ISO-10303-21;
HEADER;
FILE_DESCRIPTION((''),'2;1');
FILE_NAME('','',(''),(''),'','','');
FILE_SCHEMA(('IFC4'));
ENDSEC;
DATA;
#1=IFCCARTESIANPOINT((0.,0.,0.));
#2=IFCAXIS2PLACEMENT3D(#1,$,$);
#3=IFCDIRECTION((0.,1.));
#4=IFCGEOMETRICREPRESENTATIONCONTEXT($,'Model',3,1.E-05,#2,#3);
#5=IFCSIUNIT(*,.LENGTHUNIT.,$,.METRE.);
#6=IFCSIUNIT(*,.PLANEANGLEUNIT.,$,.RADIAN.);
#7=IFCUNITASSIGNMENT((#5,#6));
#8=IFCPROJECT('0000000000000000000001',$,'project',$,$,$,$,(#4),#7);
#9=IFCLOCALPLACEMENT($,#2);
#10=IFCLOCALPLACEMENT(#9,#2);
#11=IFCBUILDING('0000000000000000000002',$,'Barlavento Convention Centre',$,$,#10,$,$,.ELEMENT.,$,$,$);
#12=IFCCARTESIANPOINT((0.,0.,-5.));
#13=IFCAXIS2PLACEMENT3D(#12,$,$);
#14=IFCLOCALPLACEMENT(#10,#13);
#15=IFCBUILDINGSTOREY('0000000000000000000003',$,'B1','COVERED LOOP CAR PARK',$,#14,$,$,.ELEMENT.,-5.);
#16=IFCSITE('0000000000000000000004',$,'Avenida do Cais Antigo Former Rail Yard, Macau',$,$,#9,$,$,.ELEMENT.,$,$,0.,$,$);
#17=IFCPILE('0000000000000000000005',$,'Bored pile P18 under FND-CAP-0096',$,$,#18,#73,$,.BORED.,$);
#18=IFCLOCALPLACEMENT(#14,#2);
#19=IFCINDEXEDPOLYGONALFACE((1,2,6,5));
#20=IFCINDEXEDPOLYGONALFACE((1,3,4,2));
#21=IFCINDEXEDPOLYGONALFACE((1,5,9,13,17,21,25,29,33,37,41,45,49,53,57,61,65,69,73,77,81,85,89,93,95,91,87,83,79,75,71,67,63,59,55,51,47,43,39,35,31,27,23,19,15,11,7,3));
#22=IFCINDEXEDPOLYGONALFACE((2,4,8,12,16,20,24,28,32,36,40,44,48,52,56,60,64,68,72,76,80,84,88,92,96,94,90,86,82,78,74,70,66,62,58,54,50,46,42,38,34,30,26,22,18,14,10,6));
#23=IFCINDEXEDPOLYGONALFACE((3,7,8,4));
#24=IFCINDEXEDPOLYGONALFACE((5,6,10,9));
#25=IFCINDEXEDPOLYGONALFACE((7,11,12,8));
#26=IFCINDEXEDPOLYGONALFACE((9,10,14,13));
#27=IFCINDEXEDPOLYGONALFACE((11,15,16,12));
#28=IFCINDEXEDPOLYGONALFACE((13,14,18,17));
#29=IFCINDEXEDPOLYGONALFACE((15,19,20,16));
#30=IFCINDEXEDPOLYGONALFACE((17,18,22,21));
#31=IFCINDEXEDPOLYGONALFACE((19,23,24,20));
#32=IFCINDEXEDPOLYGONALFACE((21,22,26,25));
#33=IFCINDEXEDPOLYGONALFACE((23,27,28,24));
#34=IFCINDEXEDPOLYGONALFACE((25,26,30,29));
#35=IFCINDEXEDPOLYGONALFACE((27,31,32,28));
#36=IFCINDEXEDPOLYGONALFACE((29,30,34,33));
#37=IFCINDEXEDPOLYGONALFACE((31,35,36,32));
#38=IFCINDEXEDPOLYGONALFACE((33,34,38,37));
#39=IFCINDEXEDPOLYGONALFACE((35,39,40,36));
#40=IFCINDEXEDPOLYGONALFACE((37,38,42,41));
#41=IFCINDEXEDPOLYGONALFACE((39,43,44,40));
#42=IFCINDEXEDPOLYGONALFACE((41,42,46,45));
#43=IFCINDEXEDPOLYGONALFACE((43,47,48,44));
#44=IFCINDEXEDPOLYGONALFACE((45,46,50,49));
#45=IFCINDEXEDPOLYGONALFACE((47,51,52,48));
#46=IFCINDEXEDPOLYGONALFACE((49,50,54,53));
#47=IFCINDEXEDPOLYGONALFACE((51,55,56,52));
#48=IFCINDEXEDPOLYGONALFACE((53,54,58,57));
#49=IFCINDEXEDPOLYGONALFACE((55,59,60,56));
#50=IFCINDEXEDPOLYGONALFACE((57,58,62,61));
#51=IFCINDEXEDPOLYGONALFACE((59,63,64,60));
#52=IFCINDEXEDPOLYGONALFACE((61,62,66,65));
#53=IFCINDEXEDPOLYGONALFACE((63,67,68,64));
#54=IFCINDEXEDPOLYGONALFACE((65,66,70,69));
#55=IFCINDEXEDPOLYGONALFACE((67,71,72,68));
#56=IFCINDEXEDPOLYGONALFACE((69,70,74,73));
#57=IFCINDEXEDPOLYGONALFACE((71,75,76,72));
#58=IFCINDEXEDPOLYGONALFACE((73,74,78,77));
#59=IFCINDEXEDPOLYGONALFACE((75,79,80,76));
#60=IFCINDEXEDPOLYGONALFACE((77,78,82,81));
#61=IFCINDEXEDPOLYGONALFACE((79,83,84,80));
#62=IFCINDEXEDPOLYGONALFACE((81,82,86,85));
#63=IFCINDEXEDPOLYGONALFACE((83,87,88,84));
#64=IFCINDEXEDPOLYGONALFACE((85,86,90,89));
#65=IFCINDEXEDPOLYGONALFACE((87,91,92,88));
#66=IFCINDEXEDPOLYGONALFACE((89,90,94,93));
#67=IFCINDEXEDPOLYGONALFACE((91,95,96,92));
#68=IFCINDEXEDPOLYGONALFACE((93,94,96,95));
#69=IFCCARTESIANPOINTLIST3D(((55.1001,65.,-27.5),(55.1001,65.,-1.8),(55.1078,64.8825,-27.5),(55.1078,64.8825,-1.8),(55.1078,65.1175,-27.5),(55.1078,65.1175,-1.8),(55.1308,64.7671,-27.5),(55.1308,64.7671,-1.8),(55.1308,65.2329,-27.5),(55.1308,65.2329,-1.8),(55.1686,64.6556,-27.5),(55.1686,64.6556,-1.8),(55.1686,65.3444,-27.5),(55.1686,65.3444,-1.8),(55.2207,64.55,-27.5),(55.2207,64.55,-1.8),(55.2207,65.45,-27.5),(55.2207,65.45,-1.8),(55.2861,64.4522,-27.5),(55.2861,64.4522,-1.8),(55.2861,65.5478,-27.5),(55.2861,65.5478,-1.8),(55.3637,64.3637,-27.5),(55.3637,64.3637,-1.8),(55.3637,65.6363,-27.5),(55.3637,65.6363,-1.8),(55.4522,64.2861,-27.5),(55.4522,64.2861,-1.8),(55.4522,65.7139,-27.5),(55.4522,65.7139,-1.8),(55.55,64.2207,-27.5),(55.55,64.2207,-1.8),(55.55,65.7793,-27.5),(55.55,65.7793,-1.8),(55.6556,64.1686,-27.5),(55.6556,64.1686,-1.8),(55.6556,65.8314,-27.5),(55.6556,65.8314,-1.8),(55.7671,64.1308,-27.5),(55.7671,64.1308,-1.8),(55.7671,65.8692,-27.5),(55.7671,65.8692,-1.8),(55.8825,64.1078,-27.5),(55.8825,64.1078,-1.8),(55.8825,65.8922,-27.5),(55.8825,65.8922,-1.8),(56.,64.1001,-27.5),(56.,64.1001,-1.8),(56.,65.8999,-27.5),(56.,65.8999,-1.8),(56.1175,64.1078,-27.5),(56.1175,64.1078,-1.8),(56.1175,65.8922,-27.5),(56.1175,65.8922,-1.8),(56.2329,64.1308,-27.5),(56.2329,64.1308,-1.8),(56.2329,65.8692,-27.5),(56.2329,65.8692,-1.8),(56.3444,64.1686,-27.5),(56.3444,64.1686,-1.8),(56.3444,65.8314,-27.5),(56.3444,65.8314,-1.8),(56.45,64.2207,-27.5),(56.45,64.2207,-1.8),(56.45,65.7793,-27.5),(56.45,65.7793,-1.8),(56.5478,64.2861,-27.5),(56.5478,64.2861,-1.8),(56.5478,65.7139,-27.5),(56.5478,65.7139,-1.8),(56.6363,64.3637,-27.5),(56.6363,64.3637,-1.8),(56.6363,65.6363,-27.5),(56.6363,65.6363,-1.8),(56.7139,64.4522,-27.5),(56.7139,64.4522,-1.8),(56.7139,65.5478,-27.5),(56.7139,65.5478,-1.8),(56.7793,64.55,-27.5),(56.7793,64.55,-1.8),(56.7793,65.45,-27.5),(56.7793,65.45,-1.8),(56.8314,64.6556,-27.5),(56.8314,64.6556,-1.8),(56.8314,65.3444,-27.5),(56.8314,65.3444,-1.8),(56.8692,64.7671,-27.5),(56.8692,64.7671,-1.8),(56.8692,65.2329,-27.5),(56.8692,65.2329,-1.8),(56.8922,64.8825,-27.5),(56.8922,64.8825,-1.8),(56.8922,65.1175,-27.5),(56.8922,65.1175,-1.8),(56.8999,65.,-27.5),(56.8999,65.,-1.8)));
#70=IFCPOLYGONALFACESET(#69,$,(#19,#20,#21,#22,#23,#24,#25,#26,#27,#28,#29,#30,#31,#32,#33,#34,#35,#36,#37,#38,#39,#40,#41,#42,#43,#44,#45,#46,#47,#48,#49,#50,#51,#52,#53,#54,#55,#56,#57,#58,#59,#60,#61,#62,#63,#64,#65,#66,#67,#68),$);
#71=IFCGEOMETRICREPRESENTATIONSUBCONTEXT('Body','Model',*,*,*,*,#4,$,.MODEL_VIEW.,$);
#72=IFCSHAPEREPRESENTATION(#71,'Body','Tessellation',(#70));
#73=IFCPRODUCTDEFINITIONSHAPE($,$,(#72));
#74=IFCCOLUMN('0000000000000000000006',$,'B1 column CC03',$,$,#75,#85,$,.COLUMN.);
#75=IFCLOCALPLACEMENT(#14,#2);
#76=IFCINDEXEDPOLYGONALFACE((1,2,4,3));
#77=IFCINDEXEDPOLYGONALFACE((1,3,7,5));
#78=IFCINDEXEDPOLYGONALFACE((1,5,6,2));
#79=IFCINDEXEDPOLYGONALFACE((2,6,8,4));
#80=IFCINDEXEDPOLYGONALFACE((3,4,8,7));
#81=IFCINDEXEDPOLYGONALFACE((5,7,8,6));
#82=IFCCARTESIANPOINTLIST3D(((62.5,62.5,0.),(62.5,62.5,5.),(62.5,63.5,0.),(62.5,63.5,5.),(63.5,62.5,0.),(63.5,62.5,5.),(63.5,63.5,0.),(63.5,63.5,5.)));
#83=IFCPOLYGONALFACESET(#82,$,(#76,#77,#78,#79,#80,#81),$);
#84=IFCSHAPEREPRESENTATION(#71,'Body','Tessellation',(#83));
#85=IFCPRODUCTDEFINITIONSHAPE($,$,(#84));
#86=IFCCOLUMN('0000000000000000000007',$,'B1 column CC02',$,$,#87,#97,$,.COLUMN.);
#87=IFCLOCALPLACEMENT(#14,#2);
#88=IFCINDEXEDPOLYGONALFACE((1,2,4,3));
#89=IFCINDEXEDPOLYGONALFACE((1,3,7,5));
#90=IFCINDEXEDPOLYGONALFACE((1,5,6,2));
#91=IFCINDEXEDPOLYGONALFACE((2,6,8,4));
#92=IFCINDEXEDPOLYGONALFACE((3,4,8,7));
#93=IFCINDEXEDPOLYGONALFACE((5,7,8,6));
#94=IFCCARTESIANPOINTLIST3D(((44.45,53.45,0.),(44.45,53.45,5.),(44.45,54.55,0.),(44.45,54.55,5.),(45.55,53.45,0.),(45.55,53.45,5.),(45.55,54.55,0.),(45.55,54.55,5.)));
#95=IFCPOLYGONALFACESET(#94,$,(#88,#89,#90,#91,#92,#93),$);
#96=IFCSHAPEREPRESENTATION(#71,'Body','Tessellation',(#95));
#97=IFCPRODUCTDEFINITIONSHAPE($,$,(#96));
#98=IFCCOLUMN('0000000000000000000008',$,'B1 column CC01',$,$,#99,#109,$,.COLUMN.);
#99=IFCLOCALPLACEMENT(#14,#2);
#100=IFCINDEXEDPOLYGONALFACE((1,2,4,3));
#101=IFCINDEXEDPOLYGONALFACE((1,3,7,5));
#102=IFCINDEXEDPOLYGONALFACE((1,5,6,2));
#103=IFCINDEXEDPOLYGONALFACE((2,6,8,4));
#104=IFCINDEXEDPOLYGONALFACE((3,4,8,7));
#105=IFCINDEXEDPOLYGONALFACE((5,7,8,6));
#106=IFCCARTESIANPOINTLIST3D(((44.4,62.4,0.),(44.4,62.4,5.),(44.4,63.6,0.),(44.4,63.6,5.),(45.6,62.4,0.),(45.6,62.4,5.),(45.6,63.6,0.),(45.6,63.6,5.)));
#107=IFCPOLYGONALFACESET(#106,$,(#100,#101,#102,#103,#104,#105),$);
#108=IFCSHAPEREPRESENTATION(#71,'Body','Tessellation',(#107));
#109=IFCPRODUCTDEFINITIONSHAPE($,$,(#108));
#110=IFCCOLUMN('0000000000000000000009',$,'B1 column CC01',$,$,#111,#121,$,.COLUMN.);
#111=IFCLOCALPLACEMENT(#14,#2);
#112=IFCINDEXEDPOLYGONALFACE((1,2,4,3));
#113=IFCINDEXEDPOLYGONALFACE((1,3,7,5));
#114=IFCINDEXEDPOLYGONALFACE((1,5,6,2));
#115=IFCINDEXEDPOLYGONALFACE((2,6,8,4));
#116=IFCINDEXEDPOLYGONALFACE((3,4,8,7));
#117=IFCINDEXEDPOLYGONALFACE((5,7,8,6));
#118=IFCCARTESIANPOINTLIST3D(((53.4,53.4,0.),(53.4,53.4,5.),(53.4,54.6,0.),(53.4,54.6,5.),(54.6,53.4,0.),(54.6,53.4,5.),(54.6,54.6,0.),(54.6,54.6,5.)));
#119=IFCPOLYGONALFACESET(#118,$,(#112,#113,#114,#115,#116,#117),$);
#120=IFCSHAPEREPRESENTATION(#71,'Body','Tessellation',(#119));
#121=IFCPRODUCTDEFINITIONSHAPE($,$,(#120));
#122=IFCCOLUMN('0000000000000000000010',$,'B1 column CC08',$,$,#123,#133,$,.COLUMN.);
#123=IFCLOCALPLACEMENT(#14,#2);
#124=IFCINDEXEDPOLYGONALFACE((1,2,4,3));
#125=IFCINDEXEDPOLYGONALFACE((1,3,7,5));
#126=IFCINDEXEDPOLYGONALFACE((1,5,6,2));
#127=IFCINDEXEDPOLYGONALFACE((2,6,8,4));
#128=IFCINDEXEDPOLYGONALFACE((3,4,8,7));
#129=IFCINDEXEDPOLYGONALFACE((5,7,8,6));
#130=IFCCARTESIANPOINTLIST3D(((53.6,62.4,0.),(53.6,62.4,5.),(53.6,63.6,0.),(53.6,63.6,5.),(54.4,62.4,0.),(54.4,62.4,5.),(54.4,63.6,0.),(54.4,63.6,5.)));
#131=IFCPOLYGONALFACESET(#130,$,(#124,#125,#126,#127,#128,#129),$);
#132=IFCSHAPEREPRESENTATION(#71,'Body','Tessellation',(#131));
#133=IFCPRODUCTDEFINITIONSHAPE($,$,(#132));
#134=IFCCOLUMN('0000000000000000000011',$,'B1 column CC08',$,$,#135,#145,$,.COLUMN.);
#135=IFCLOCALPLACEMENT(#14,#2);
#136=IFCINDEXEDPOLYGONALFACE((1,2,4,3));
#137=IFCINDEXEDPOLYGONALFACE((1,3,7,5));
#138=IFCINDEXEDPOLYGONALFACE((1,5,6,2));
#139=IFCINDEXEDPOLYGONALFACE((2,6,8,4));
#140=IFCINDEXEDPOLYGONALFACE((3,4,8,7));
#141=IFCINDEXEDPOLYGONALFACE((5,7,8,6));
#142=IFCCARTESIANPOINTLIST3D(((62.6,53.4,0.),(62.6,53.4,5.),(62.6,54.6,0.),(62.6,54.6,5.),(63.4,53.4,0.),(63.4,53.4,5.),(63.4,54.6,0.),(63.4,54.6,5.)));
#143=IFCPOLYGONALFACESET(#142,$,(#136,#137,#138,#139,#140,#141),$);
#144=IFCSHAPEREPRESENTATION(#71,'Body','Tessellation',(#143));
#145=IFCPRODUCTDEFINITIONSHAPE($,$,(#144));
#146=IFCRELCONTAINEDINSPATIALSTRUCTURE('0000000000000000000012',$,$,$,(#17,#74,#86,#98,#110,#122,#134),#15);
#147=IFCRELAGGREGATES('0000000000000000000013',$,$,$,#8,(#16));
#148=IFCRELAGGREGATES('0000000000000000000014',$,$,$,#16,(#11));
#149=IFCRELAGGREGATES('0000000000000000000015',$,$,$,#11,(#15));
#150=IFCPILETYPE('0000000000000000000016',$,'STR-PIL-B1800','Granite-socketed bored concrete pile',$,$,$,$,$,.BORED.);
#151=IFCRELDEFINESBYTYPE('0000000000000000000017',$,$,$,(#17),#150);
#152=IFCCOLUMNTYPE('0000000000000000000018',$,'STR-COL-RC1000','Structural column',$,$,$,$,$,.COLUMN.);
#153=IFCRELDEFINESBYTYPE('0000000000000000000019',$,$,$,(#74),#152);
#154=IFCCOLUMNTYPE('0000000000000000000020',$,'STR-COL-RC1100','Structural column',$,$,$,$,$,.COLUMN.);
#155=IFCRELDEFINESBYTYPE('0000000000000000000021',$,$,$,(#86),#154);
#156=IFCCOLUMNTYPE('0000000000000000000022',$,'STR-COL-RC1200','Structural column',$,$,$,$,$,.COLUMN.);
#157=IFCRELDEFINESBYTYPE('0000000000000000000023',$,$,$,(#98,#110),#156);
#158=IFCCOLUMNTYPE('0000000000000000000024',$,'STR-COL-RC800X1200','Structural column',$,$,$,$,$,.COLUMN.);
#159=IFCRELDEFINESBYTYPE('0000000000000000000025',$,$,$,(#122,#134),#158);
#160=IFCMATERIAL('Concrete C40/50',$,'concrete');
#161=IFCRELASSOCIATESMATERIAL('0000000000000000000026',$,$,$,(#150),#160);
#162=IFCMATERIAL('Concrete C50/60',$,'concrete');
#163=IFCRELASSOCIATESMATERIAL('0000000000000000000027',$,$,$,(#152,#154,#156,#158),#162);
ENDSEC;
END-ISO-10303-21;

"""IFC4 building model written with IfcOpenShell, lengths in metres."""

from ifc_helpers import new_model, si_unit, direction, frame, origin, origin_2d, place, context, subcontext, project, spatial, rectangle, circle, extrude, material, material_profile, profile_set, type_object, element, save


model = new_model("IFC4")

# Units and contexts
model_context = context("Model", 3, precision=1e-05, world=origin(), true_north=direction((0.0, 1.0)))
body_context = subcontext(model_context, "Body", "Model", "MODEL_VIEW")
ifc_project = project(units=[si_unit("LENGTHUNIT", "METRE"), si_unit("PLANEANGLEUNIT", "RADIAN")], contexts=[model_context])

# Site, building, storey
site_placement = place(None, origin())
site = spatial("IfcSite", under=ifc_project, at=site_placement, Name="Avenida do Cais Antigo Former Rail Yard, Macau", CompositionType="ELEMENT", RefElevation=0.0)
building_placement = place(site_placement, origin())
building = spatial("IfcBuilding", under=site, at=building_placement, Name="Barlavento Convention Centre", CompositionType="ELEMENT")
storey_placement = place(building_placement, frame((0.0, 0.0, -5.0)))
storey = spatial("IfcBuildingStorey", under=building, at=storey_placement, Name="B1", Description="COVERED LOOP CAR PARK", CompositionType="ELEMENT", Elevation=-5.0)

# Shared definitions
ifc_material_1 = material(Name="Concrete C40/50", Category="concrete")

# Pile
ifc_material_profile_1 = material_profile(ifc_material_1, circle(Radius=0.8999, at=origin_2d()), Name="BORED PILE 1800")
ifc_profile_set_1 = profile_set([ifc_material_profile_1], Name="Concrete C40/50")
pile_type_1 = type_object("IfcPileType", Name="STR-PIL-B1800", Description="Granite-socketed bored concrete pile", PredefinedType="BORED", material=ifc_profile_set_1)
for number, where, z_axis, x_axis, name in (
    (1, (56.0, 65.0, -1.8), (0.0, 0.0, -1.0), (1.0, 0.0, 0.0), "Bored pile P18 under FND-CAP-0096"),
):
    element("IfcPile", number, at=place(storey_placement, frame(where, z_axis=z_axis, x_axis=x_axis)), inside=storey, type_object=pile_type_1, Name=name, PredefinedType="BORED", context=body_context, shape_type="SweptSolid", body=[
        extrude(circle(Radius=0.8999, at=origin_2d()), origin(), (0.0, 0.0, 1.0), 25.7),
    ])

# Columns
ifc_material_2 = material(Name="Concrete C50/60", Category="concrete")
ifc_material_profile_2 = material_profile(ifc_material_2, rectangle(XDim=1.0, YDim=1.0, at=origin_2d()), Name="RC 1000x1000")
ifc_profile_set_2 = profile_set([ifc_material_profile_2], Name="Concrete C50/60")
column_type_1 = type_object("IfcColumnType", Name="STR-COL-RC1000", Description="Structural column", PredefinedType="COLUMN", material=ifc_profile_set_2)
column_1_placement = place(storey_placement, frame((63.0, 63.0, 0.0), z_axis=(0.0, 0.0, 1.0), x_axis=(1.0, 0.0, 0.0)))
element("IfcColumn", 2, at=column_1_placement, inside=storey, type_object=column_type_1, Name="B1 column CC03", PredefinedType="COLUMN", context=body_context, shape_type="SweptSolid", body=[
    extrude(rectangle(XDim=1.0, YDim=1.0, at=origin_2d()), origin(), (0.0, 0.0, 1.0), 5.0),
])
ifc_material_profile_3 = material_profile(ifc_material_2, rectangle(XDim=1.1001, YDim=1.1001, at=origin_2d()), Name="RC 1100x1100")
ifc_profile_set_3 = profile_set([ifc_material_profile_3], Name="Concrete C50/60")
column_type_2 = type_object("IfcColumnType", Name="STR-COL-RC1100", Description="Structural column", PredefinedType="COLUMN", material=ifc_profile_set_3)
column_2_placement = place(storey_placement, frame((45.0, 54.0, 0.0), z_axis=(0.0, 0.0, 1.0), x_axis=(1.0, 0.0, 0.0)))
element("IfcColumn", 3, at=column_2_placement, inside=storey, type_object=column_type_2, Name="B1 column CC02", PredefinedType="COLUMN", context=body_context, shape_type="SweptSolid", body=[
    extrude(rectangle(XDim=1.1001, YDim=1.1001, at=origin_2d()), origin(), (0.0, 0.0, 1.0), 5.0),
])
ifc_material_profile_4 = material_profile(ifc_material_2, rectangle(XDim=1.2, YDim=1.2, at=origin_2d()), Name="RC 1200x1200")
ifc_profile_set_4 = profile_set([ifc_material_profile_4], Name="Concrete C50/60")
column_type_3 = type_object("IfcColumnType", Name="STR-COL-RC1200", Description="Structural column", PredefinedType="COLUMN", material=ifc_profile_set_4)
for number, where, z_axis, x_axis, name in (
    (4, (45.0, 63.0, 0.0), (0.0, 0.0, 1.0), (1.0, 0.0, 0.0), "B1 column CC01"),
    (5, (54.0, 54.0, 0.0), (0.0, 0.0, 1.0), (1.0, 0.0, 0.0), "B1 column CC01"),
):
    element("IfcColumn", number, at=place(storey_placement, frame(where, z_axis=z_axis, x_axis=x_axis)), inside=storey, type_object=column_type_3, Name=name, PredefinedType="COLUMN", context=body_context, shape_type="SweptSolid", body=[
        extrude(rectangle(XDim=1.2, YDim=1.2, at=origin_2d()), origin(), (0.0, 0.0, 1.0), 5.0),
    ])
ifc_material_profile_5 = material_profile(ifc_material_2, rectangle(XDim=0.8, YDim=1.2, at=origin_2d()), Name="RC 800x1200")
ifc_profile_set_5 = profile_set([ifc_material_profile_5], Name="Concrete C50/60")
column_type_4 = type_object("IfcColumnType", Name="STR-COL-RC800X1200", Description="Structural column", PredefinedType="COLUMN", material=ifc_profile_set_5)
for number, where, z_axis, x_axis, name in (
    (6, (54.0, 63.0, 0.0), (0.0, 0.0, 1.0), (1.0, 0.0, 0.0), "B1 column CC08"),
    (7, (63.0, 54.0, 0.0), (0.0, 0.0, 1.0), (1.0, 0.0, 0.0), "B1 column CC08"),
):
    element("IfcColumn", number, at=place(storey_placement, frame(where, z_axis=z_axis, x_axis=x_axis)), inside=storey, type_object=column_type_4, Name=name, PredefinedType="COLUMN", context=body_context, shape_type="SweptSolid", body=[
        extrude(rectangle(XDim=0.8, YDim=1.2, at=origin_2d()), origin(), (0.0, 0.0, 1.0), 5.0),
    ])

save(model, "model.ifc")
